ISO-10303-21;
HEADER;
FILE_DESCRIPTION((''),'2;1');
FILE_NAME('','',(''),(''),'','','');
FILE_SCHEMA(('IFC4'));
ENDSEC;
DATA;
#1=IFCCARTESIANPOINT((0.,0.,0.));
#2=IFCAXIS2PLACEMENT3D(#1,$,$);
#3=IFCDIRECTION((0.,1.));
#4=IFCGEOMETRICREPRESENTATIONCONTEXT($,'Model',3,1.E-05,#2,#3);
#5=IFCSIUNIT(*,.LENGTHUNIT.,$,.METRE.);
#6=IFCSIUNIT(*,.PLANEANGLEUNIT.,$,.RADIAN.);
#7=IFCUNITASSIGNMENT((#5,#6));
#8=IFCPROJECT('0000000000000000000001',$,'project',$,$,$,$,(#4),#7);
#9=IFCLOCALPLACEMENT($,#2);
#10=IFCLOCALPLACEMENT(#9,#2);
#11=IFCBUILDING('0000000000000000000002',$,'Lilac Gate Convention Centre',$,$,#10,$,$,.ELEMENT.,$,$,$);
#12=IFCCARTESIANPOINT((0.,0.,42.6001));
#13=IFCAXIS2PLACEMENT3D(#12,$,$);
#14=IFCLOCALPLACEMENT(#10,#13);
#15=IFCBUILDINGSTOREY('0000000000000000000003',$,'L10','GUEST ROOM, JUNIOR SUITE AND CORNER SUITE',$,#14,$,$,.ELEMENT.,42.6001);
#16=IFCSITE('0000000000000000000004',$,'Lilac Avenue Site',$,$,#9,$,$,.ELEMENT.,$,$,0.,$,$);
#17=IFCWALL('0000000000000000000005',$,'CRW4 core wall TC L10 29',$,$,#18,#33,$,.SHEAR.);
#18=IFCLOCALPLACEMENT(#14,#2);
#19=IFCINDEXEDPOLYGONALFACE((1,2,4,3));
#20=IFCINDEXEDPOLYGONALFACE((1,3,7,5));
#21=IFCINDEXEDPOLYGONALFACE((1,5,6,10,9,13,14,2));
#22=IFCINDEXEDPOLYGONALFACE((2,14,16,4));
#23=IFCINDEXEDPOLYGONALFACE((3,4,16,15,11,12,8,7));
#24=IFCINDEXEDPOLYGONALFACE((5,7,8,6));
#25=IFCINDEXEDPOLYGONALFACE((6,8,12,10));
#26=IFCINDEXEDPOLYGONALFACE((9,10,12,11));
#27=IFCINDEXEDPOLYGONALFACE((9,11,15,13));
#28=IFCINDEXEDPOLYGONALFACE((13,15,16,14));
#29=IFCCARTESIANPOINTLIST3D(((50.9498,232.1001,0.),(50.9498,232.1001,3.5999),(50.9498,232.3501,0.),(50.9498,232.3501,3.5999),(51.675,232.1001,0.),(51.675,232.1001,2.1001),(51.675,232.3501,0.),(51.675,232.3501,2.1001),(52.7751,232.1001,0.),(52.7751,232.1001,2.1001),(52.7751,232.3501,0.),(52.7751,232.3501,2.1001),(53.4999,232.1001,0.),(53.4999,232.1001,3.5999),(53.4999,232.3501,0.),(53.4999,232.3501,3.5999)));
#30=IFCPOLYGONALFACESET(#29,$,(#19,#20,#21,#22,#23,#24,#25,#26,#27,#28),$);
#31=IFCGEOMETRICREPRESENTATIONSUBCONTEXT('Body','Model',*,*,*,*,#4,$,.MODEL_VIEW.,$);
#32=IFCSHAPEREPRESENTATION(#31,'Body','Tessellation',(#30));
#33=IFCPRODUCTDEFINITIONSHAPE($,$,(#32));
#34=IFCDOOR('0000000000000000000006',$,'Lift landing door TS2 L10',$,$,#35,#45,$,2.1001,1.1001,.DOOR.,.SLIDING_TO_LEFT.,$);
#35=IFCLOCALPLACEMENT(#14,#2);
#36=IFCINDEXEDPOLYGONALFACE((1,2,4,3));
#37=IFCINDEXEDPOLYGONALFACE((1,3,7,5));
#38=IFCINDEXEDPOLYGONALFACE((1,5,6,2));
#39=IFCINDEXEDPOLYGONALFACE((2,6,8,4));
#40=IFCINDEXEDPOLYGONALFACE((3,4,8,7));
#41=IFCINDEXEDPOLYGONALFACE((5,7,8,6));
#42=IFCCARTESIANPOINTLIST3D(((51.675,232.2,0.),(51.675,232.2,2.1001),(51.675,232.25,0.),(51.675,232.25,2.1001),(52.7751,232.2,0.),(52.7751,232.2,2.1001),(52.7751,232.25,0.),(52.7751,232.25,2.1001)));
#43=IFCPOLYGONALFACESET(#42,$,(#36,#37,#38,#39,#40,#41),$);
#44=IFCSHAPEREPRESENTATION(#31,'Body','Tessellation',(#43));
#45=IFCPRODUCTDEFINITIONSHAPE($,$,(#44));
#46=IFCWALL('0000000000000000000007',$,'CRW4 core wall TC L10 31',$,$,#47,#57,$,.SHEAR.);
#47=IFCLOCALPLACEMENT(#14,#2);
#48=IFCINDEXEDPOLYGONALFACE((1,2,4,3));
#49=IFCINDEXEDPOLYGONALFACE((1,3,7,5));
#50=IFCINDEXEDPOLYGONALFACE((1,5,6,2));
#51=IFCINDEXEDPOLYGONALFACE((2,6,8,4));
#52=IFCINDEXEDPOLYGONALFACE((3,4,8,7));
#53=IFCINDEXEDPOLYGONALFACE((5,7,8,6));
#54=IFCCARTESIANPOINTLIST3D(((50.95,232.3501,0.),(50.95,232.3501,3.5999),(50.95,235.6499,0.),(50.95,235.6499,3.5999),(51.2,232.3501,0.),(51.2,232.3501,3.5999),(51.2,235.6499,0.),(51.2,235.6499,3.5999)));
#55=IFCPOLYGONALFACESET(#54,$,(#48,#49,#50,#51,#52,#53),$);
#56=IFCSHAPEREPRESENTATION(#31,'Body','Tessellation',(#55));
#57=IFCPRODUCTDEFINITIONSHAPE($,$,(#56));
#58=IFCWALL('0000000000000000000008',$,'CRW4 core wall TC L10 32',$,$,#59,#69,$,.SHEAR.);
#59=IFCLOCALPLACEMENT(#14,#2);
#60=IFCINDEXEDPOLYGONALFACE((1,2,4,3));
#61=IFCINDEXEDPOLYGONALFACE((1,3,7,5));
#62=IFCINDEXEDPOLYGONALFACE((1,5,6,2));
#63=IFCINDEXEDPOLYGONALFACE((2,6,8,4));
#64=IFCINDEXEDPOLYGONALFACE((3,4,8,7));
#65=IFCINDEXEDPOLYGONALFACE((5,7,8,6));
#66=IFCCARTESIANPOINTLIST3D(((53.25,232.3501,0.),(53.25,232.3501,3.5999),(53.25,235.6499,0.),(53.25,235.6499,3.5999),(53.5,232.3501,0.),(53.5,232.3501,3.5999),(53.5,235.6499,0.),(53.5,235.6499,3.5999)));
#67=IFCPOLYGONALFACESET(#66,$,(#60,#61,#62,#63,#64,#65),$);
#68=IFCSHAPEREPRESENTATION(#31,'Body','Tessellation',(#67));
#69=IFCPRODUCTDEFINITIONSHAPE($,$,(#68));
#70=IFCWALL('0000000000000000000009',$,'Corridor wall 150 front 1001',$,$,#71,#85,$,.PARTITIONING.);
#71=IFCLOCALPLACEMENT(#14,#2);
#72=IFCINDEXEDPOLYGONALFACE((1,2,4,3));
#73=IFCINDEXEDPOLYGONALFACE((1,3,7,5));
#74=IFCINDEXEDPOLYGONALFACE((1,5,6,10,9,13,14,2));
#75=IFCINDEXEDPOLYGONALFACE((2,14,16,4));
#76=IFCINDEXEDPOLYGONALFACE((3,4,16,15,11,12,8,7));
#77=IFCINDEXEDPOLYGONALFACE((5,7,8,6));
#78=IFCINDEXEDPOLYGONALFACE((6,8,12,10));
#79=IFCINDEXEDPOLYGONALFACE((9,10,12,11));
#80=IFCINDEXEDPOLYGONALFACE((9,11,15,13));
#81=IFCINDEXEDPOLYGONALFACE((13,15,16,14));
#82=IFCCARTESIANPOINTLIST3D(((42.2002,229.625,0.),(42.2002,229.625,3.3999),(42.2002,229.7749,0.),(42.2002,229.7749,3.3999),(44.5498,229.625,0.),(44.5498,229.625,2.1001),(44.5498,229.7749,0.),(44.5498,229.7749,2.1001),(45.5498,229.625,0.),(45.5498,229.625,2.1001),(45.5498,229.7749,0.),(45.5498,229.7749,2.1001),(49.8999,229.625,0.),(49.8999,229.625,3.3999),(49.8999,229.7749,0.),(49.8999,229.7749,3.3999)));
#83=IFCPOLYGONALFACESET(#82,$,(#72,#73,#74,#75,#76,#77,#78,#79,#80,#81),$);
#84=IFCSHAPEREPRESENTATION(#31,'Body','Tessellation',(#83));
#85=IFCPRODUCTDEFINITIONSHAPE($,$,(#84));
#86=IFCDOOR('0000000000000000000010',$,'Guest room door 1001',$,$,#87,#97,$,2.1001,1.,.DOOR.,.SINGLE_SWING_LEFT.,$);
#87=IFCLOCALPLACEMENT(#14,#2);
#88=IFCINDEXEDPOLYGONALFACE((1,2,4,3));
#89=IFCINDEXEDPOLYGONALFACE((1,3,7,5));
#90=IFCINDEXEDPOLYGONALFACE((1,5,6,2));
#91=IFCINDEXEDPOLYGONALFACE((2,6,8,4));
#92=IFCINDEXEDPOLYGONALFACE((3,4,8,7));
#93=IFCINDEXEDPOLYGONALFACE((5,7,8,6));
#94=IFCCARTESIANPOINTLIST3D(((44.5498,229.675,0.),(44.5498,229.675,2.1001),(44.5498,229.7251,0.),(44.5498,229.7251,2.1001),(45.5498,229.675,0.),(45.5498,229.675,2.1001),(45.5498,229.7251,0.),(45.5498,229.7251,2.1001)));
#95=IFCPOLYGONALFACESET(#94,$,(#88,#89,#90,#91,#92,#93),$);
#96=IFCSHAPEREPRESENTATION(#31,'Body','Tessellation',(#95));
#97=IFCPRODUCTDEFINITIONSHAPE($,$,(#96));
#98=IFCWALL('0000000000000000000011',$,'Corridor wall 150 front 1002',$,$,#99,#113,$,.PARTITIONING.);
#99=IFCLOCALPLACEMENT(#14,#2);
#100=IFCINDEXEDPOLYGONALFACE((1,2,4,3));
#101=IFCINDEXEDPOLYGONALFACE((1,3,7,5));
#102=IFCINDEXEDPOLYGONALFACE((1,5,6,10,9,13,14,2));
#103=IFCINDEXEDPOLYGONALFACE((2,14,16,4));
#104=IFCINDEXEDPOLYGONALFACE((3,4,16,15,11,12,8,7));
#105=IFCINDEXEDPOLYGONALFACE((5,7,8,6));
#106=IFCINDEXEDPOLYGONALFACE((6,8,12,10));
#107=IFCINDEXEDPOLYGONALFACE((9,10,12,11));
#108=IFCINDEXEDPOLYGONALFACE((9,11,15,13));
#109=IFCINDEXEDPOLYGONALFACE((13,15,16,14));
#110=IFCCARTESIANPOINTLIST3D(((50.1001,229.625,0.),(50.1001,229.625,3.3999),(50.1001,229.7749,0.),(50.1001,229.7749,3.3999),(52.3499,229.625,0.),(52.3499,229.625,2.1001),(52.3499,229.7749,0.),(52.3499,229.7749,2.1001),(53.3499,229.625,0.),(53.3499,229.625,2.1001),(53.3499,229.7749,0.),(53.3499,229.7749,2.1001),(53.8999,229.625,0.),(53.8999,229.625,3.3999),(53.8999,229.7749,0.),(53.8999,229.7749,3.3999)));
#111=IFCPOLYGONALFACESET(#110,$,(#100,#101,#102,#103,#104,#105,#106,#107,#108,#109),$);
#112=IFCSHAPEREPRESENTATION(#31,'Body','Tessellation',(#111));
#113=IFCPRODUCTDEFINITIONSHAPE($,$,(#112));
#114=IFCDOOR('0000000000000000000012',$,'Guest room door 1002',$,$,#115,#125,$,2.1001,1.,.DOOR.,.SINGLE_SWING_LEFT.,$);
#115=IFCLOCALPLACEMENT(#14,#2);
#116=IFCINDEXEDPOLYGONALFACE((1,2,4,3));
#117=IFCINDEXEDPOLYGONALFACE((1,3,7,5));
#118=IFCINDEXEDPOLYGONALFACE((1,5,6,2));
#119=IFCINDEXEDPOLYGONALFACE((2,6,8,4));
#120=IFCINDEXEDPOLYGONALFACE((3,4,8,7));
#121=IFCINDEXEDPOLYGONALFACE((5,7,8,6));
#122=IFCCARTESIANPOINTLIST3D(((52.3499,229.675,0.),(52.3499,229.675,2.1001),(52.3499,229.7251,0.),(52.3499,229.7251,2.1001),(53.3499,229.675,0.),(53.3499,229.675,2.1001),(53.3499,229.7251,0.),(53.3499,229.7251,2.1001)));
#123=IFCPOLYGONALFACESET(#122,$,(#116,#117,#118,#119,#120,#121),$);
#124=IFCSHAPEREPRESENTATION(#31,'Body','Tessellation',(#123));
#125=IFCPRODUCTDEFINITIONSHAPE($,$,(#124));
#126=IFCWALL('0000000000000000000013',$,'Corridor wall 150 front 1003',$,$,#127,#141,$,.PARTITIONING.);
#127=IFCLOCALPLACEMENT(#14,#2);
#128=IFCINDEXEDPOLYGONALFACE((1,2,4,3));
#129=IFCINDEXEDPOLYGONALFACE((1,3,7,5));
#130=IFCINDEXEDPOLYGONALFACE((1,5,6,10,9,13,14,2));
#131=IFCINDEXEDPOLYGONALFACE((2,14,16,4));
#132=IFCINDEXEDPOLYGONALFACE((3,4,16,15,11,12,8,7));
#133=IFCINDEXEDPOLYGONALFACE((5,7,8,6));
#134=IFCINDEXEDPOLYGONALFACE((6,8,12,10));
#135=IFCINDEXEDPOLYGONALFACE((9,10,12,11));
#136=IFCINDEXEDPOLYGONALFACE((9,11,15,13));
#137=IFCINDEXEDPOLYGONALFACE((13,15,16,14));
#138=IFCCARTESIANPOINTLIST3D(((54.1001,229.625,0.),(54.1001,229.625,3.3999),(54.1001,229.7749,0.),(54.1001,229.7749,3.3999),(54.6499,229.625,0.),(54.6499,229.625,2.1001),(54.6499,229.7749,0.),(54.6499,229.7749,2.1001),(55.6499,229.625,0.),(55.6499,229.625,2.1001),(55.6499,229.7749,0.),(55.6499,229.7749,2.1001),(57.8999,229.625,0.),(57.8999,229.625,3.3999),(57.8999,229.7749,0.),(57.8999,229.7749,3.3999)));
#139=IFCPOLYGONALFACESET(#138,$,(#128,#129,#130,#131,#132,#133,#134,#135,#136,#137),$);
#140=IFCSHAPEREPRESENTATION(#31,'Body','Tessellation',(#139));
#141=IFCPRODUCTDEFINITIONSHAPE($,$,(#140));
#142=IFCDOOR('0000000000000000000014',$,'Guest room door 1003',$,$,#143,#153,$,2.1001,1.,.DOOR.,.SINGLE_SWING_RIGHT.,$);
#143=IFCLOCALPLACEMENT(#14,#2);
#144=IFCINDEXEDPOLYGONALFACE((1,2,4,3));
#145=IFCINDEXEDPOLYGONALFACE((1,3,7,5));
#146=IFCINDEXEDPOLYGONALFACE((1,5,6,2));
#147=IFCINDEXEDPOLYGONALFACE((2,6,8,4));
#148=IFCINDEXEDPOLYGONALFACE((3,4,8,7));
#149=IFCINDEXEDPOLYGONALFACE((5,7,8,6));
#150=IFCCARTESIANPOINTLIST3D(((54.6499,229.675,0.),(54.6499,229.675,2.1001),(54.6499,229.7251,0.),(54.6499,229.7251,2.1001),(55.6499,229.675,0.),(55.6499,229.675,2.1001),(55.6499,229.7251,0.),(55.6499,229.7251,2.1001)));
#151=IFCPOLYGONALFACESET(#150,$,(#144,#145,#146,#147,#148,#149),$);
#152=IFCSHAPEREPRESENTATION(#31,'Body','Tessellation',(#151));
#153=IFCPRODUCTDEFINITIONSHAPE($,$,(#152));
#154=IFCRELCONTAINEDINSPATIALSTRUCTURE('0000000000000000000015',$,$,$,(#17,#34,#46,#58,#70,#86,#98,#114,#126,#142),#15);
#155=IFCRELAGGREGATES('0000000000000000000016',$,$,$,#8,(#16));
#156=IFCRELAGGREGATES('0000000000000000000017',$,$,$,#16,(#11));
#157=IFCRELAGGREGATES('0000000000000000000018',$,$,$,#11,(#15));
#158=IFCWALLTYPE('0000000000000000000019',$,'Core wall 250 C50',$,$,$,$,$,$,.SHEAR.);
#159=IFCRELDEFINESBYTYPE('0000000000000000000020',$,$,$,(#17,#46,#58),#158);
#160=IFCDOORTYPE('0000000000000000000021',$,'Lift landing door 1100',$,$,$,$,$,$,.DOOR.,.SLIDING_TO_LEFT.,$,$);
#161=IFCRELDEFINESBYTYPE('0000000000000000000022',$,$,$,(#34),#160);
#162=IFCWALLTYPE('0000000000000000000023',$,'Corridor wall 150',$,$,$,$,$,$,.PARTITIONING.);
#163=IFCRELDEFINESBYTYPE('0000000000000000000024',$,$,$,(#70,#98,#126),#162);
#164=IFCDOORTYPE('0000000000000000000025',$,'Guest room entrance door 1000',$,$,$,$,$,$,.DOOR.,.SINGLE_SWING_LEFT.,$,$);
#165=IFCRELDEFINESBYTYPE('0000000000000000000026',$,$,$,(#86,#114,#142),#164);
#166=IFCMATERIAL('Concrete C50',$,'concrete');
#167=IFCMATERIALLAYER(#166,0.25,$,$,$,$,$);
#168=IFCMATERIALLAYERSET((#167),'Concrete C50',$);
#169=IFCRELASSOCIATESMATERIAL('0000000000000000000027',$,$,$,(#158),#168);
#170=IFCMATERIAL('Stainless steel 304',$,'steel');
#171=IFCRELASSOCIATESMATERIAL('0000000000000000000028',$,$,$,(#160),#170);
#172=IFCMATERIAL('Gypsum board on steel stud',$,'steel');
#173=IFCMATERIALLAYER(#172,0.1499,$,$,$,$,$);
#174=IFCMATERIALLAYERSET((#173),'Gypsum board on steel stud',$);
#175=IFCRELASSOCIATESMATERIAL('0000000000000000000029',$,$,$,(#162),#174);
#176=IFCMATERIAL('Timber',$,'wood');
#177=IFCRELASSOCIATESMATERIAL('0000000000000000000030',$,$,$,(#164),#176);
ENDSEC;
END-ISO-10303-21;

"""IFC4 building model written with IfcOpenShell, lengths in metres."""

from ifc_helpers import new_model, si_unit, direction, frame, frame_2d, origin, place, context, subcontext, project, spatial, rectangle, extrude, material, layer, layer_set, type_object, element, fill, save


model = new_model("IFC4")

# Units and contexts
model_context = context("Model", 3, precision=1e-05, world=origin(), true_north=direction((0.0, 1.0)))
body_context = subcontext(model_context, "Body", "Model", "MODEL_VIEW")
ifc_project = project(units=[si_unit("LENGTHUNIT", "METRE"), si_unit("PLANEANGLEUNIT", "RADIAN")], contexts=[model_context])

# Site, building, storey
site_placement = place(None, origin())
site = spatial("IfcSite", under=ifc_project, at=site_placement, Name="Lilac Avenue Site", CompositionType="ELEMENT", RefElevation=0.0)
building_placement = place(site_placement, origin())
building = spatial("IfcBuilding", under=site, at=building_placement, Name="Lilac Gate Convention Centre", CompositionType="ELEMENT")
storey_placement = place(building_placement, frame((0.0, 0.0, 42.6001)))
storey = spatial("IfcBuildingStorey", under=building, at=storey_placement, Name="L10", Description="GUEST ROOM, JUNIOR SUITE AND CORNER SUITE", CompositionType="ELEMENT", Elevation=42.6001)

# Shared definitions
ifc_material_1 = material(Name="Concrete C50", Category="concrete")
ifc_layer_1 = layer(ifc_material_1, 0.25)
ifc_layer_set_1 = layer_set([ifc_layer_1], Name="Concrete C50")
wall_type_1 = type_object("IfcWallType", Name="Core wall 250 C50", PredefinedType="SHEAR", material=ifc_layer_set_1)
ifc_material_2 = material(Name="Stainless steel 304", Category="steel")
door_type_1 = type_object("IfcDoorType", Name="Lift landing door 1100", OperationType="SLIDING_TO_LEFT", PredefinedType="DOOR", material=ifc_material_2)

# Wall, opening, door
wall_1_placement = place(storey_placement, frame((50.95, 232.2251, 0.0), z_axis=(0.0, 0.0, 1.0), x_axis=(1.0, 0.0, 0.0)))
wall_1 = element("IfcWall", 1, at=wall_1_placement, inside=storey, type_object=wall_type_1, Name="CRW4 core wall TC L10 29", PredefinedType="SHEAR", context=body_context, shape_type="SweptSolid", body=[
    extrude(rectangle(XDim=2.55, YDim=0.25, at=frame_2d((1.2749, 0.0))), origin(), (0.0, 0.0, 1.0), 3.5999),
])
opening_1_placement = place(wall_1_placement, frame((0.7251, 0.0, 0.0)))
opening_1 = element("IfcOpeningElement", 2, at=opening_1_placement, cuts=wall_1, PredefinedType="OPENING", context=body_context, shape_type="SweptSolid", body=[
    extrude(rectangle(XDim=1.1001, YDim=2.1001, at=frame_2d((0.55, 1.05))), frame((0.0, 0.135, 0.0), z_axis=(0.0, -1.0, 0.0), x_axis=(1.0, 0.0, 0.0)), (0.0, 0.0, 1.0), 0.27),
])
door_1_placement = place(opening_1_placement, origin())
door_1 = element("IfcDoor", 3, at=door_1_placement, inside=storey, type_object=door_type_1, Name="Lift landing door TS2 L10", OperationType="SLIDING_TO_LEFT", OverallHeight=2.1001, OverallWidth=1.1001, PredefinedType="DOOR", context=body_context, shape_type="SweptSolid", body=[
    extrude(rectangle(XDim=1.1001, YDim=2.1001, at=frame_2d((0.55, 1.05))), frame((0.0, 0.0249, 0.0), z_axis=(0.0, -1.0, 0.0), x_axis=(1.0, 0.0, 0.0)), (0.0, 0.0, 1.0), 0.05),
])
fill(opening_1, door_1)

# Walls
for number, where, z_axis, x_axis, name in (
    (4, (51.075, 232.3501, 0.0), (0.0, 0.0, 1.0), (0.0, 1.0, 0.0), "CRW4 core wall TC L10 31"),
    (5, (53.375, 232.3501, 0.0), (0.0, 0.0, 1.0), (0.0, 1.0, 0.0), "CRW4 core wall TC L10 32"),
):
    element("IfcWall", number, at=place(storey_placement, frame(where, z_axis=z_axis, x_axis=x_axis)), inside=storey, type_object=wall_type_1, Name=name, PredefinedType="SHEAR", context=body_context, shape_type="SweptSolid", body=[
        extrude(rectangle(XDim=3.2998, YDim=0.25, at=frame_2d((1.6499, 0.0))), origin(), (0.0, 0.0, 1.0), 3.5999),
    ])

# Walls, openings, doors
ifc_material_3 = material(Name="Gypsum board on steel stud", Category="steel")
ifc_layer_2 = layer(ifc_material_3, 0.1499)
ifc_layer_set_2 = layer_set([ifc_layer_2], Name="Gypsum board on steel stud")
wall_type_2 = type_object("IfcWallType", Name="Corridor wall 150", PredefinedType="PARTITIONING", material=ifc_layer_set_2)
wall_2_placement = place(storey_placement, frame((49.8999, 229.7, 0.0), z_axis=(0.0, 0.0, 1.0), x_axis=(-1.0, 0.0, 0.0)))
wall_2 = element("IfcWall", 6, at=wall_2_placement, inside=storey, type_object=wall_type_2, Name="Corridor wall 150 front 1001", PredefinedType="PARTITIONING", context=body_context, shape_type="SweptSolid", body=[
    extrude(rectangle(XDim=7.6997, YDim=0.1499, at=frame_2d((3.8499, 0.0))), origin(), (0.0, 0.0, 1.0), 3.3999),
])
opening_2_placement = place(wall_2_placement, frame((4.3501, 0.0, 0.0)))
opening_2 = element("IfcOpeningElement", 7, at=opening_2_placement, cuts=wall_2, PredefinedType="OPENING", context=body_context, shape_type="SweptSolid", body=[
    extrude(rectangle(XDim=1.0, YDim=2.1001, at=frame_2d((0.5, 1.05))), frame((0.0, 0.085, 0.0), z_axis=(0.0, -1.0, 0.0), x_axis=(1.0, 0.0, 0.0)), (0.0, 0.0, 1.0), 0.1699),
])
ifc_material_4 = material(Name="Timber", Category="wood")
door_type_2 = type_object("IfcDoorType", Name="Guest room entrance door 1000", OperationType="SINGLE_SWING_LEFT", PredefinedType="DOOR", material=ifc_material_4)
door_2_placement = place(opening_2_placement, origin())
door_2 = element("IfcDoor", 8, at=door_2_placement, inside=storey, type_object=door_type_2, Name="Guest room door 1001", OperationType="SINGLE_SWING_LEFT", OverallHeight=2.1001, OverallWidth=1.0, PredefinedType="DOOR", context=body_context, shape_type="SweptSolid", body=[
    extrude(rectangle(XDim=1.0, YDim=2.1001, at=frame_2d((0.5, 1.05))), frame((0.0, 0.0249, 0.0), z_axis=(0.0, -1.0, 0.0), x_axis=(1.0, 0.0, 0.0)), (0.0, 0.0, 1.0), 0.05),
])
fill(opening_2, door_2)
wall_3_placement = place(storey_placement, frame((53.8999, 229.7, 0.0), z_axis=(0.0, 0.0, 1.0), x_axis=(-1.0, 0.0, 0.0)))
wall_3 = element("IfcWall", 9, at=wall_3_placement, inside=storey, type_object=wall_type_2, Name="Corridor wall 150 front 1002", PredefinedType="PARTITIONING", context=body_context, shape_type="SweptSolid", body=[
    extrude(rectangle(XDim=3.7998, YDim=0.1499, at=frame_2d((1.8999, 0.0))), origin(), (0.0, 0.0, 1.0), 3.3999),
])
opening_3_placement = place(wall_3_placement, frame((0.55, 0.0, 0.0)))
opening_3 = element("IfcOpeningElement", 10, at=opening_3_placement, cuts=wall_3, PredefinedType="OPENING", context=body_context, shape_type="SweptSolid", body=[
    extrude(rectangle(XDim=1.0, YDim=2.1001, at=frame_2d((0.5, 1.05))), frame((0.0, 0.085, 0.0), z_axis=(0.0, -1.0, 0.0), x_axis=(1.0, 0.0, 0.0)), (0.0, 0.0, 1.0), 0.1699),
])
door_3_placement = place(opening_3_placement, origin())
door_3 = element("IfcDoor", 11, at=door_3_placement, inside=storey, type_object=door_type_2, Name="Guest room door 1002", OperationType="SINGLE_SWING_LEFT", OverallHeight=2.1001, OverallWidth=1.0, PredefinedType="DOOR", context=body_context, shape_type="SweptSolid", body=[
    extrude(rectangle(XDim=1.0, YDim=2.1001, at=frame_2d((0.5, 1.05))), frame((0.0, 0.0249, 0.0), z_axis=(0.0, -1.0, 0.0), x_axis=(1.0, 0.0, 0.0)), (0.0, 0.0, 1.0), 0.05),
])
fill(opening_3, door_3)
wall_4_placement = place(storey_placement, frame((57.8999, 229.7, 0.0), z_axis=(0.0, 0.0, 1.0), x_axis=(-1.0, 0.0, 0.0)))
wall_4 = element("IfcWall", 12, at=wall_4_placement, inside=storey, type_object=wall_type_2, Name="Corridor wall 150 front 1003", PredefinedType="PARTITIONING", context=body_context, shape_type="SweptSolid", body=[
    extrude(rectangle(XDim=3.7998, YDim=0.1499, at=frame_2d((1.8999, 0.0))), origin(), (0.0, 0.0, 1.0), 3.3999),
])
opening_4_placement = place(wall_4_placement, frame((2.25, 0.0, 0.0)))
opening_4 = element("IfcOpeningElement", 13, at=opening_4_placement, cuts=wall_4, PredefinedType="OPENING", context=body_context, shape_type="SweptSolid", body=[
    extrude(rectangle(XDim=1.0, YDim=2.1001, at=frame_2d((0.5, 1.05))), frame((0.0, 0.085, 0.0), z_axis=(0.0, -1.0, 0.0), x_axis=(1.0, 0.0, 0.0)), (0.0, 0.0, 1.0), 0.1699),
])
door_4_placement = place(opening_4_placement, origin())
door_4 = element("IfcDoor", 14, at=door_4_placement, inside=storey, type_object=door_type_2, Name="Guest room door 1003", OperationType="SINGLE_SWING_RIGHT", OverallHeight=2.1001, OverallWidth=1.0, PredefinedType="DOOR", context=body_context, shape_type="SweptSolid", body=[
    extrude(rectangle(XDim=1.0, YDim=2.1001, at=frame_2d((0.5, 1.05))), frame((0.0, 0.0249, 0.0), z_axis=(0.0, -1.0, 0.0), x_axis=(1.0, 0.0, 0.0)), (0.0, 0.0, 1.0), 0.05),
])
fill(opening_4, door_4)

save(model, "model.ifc")
